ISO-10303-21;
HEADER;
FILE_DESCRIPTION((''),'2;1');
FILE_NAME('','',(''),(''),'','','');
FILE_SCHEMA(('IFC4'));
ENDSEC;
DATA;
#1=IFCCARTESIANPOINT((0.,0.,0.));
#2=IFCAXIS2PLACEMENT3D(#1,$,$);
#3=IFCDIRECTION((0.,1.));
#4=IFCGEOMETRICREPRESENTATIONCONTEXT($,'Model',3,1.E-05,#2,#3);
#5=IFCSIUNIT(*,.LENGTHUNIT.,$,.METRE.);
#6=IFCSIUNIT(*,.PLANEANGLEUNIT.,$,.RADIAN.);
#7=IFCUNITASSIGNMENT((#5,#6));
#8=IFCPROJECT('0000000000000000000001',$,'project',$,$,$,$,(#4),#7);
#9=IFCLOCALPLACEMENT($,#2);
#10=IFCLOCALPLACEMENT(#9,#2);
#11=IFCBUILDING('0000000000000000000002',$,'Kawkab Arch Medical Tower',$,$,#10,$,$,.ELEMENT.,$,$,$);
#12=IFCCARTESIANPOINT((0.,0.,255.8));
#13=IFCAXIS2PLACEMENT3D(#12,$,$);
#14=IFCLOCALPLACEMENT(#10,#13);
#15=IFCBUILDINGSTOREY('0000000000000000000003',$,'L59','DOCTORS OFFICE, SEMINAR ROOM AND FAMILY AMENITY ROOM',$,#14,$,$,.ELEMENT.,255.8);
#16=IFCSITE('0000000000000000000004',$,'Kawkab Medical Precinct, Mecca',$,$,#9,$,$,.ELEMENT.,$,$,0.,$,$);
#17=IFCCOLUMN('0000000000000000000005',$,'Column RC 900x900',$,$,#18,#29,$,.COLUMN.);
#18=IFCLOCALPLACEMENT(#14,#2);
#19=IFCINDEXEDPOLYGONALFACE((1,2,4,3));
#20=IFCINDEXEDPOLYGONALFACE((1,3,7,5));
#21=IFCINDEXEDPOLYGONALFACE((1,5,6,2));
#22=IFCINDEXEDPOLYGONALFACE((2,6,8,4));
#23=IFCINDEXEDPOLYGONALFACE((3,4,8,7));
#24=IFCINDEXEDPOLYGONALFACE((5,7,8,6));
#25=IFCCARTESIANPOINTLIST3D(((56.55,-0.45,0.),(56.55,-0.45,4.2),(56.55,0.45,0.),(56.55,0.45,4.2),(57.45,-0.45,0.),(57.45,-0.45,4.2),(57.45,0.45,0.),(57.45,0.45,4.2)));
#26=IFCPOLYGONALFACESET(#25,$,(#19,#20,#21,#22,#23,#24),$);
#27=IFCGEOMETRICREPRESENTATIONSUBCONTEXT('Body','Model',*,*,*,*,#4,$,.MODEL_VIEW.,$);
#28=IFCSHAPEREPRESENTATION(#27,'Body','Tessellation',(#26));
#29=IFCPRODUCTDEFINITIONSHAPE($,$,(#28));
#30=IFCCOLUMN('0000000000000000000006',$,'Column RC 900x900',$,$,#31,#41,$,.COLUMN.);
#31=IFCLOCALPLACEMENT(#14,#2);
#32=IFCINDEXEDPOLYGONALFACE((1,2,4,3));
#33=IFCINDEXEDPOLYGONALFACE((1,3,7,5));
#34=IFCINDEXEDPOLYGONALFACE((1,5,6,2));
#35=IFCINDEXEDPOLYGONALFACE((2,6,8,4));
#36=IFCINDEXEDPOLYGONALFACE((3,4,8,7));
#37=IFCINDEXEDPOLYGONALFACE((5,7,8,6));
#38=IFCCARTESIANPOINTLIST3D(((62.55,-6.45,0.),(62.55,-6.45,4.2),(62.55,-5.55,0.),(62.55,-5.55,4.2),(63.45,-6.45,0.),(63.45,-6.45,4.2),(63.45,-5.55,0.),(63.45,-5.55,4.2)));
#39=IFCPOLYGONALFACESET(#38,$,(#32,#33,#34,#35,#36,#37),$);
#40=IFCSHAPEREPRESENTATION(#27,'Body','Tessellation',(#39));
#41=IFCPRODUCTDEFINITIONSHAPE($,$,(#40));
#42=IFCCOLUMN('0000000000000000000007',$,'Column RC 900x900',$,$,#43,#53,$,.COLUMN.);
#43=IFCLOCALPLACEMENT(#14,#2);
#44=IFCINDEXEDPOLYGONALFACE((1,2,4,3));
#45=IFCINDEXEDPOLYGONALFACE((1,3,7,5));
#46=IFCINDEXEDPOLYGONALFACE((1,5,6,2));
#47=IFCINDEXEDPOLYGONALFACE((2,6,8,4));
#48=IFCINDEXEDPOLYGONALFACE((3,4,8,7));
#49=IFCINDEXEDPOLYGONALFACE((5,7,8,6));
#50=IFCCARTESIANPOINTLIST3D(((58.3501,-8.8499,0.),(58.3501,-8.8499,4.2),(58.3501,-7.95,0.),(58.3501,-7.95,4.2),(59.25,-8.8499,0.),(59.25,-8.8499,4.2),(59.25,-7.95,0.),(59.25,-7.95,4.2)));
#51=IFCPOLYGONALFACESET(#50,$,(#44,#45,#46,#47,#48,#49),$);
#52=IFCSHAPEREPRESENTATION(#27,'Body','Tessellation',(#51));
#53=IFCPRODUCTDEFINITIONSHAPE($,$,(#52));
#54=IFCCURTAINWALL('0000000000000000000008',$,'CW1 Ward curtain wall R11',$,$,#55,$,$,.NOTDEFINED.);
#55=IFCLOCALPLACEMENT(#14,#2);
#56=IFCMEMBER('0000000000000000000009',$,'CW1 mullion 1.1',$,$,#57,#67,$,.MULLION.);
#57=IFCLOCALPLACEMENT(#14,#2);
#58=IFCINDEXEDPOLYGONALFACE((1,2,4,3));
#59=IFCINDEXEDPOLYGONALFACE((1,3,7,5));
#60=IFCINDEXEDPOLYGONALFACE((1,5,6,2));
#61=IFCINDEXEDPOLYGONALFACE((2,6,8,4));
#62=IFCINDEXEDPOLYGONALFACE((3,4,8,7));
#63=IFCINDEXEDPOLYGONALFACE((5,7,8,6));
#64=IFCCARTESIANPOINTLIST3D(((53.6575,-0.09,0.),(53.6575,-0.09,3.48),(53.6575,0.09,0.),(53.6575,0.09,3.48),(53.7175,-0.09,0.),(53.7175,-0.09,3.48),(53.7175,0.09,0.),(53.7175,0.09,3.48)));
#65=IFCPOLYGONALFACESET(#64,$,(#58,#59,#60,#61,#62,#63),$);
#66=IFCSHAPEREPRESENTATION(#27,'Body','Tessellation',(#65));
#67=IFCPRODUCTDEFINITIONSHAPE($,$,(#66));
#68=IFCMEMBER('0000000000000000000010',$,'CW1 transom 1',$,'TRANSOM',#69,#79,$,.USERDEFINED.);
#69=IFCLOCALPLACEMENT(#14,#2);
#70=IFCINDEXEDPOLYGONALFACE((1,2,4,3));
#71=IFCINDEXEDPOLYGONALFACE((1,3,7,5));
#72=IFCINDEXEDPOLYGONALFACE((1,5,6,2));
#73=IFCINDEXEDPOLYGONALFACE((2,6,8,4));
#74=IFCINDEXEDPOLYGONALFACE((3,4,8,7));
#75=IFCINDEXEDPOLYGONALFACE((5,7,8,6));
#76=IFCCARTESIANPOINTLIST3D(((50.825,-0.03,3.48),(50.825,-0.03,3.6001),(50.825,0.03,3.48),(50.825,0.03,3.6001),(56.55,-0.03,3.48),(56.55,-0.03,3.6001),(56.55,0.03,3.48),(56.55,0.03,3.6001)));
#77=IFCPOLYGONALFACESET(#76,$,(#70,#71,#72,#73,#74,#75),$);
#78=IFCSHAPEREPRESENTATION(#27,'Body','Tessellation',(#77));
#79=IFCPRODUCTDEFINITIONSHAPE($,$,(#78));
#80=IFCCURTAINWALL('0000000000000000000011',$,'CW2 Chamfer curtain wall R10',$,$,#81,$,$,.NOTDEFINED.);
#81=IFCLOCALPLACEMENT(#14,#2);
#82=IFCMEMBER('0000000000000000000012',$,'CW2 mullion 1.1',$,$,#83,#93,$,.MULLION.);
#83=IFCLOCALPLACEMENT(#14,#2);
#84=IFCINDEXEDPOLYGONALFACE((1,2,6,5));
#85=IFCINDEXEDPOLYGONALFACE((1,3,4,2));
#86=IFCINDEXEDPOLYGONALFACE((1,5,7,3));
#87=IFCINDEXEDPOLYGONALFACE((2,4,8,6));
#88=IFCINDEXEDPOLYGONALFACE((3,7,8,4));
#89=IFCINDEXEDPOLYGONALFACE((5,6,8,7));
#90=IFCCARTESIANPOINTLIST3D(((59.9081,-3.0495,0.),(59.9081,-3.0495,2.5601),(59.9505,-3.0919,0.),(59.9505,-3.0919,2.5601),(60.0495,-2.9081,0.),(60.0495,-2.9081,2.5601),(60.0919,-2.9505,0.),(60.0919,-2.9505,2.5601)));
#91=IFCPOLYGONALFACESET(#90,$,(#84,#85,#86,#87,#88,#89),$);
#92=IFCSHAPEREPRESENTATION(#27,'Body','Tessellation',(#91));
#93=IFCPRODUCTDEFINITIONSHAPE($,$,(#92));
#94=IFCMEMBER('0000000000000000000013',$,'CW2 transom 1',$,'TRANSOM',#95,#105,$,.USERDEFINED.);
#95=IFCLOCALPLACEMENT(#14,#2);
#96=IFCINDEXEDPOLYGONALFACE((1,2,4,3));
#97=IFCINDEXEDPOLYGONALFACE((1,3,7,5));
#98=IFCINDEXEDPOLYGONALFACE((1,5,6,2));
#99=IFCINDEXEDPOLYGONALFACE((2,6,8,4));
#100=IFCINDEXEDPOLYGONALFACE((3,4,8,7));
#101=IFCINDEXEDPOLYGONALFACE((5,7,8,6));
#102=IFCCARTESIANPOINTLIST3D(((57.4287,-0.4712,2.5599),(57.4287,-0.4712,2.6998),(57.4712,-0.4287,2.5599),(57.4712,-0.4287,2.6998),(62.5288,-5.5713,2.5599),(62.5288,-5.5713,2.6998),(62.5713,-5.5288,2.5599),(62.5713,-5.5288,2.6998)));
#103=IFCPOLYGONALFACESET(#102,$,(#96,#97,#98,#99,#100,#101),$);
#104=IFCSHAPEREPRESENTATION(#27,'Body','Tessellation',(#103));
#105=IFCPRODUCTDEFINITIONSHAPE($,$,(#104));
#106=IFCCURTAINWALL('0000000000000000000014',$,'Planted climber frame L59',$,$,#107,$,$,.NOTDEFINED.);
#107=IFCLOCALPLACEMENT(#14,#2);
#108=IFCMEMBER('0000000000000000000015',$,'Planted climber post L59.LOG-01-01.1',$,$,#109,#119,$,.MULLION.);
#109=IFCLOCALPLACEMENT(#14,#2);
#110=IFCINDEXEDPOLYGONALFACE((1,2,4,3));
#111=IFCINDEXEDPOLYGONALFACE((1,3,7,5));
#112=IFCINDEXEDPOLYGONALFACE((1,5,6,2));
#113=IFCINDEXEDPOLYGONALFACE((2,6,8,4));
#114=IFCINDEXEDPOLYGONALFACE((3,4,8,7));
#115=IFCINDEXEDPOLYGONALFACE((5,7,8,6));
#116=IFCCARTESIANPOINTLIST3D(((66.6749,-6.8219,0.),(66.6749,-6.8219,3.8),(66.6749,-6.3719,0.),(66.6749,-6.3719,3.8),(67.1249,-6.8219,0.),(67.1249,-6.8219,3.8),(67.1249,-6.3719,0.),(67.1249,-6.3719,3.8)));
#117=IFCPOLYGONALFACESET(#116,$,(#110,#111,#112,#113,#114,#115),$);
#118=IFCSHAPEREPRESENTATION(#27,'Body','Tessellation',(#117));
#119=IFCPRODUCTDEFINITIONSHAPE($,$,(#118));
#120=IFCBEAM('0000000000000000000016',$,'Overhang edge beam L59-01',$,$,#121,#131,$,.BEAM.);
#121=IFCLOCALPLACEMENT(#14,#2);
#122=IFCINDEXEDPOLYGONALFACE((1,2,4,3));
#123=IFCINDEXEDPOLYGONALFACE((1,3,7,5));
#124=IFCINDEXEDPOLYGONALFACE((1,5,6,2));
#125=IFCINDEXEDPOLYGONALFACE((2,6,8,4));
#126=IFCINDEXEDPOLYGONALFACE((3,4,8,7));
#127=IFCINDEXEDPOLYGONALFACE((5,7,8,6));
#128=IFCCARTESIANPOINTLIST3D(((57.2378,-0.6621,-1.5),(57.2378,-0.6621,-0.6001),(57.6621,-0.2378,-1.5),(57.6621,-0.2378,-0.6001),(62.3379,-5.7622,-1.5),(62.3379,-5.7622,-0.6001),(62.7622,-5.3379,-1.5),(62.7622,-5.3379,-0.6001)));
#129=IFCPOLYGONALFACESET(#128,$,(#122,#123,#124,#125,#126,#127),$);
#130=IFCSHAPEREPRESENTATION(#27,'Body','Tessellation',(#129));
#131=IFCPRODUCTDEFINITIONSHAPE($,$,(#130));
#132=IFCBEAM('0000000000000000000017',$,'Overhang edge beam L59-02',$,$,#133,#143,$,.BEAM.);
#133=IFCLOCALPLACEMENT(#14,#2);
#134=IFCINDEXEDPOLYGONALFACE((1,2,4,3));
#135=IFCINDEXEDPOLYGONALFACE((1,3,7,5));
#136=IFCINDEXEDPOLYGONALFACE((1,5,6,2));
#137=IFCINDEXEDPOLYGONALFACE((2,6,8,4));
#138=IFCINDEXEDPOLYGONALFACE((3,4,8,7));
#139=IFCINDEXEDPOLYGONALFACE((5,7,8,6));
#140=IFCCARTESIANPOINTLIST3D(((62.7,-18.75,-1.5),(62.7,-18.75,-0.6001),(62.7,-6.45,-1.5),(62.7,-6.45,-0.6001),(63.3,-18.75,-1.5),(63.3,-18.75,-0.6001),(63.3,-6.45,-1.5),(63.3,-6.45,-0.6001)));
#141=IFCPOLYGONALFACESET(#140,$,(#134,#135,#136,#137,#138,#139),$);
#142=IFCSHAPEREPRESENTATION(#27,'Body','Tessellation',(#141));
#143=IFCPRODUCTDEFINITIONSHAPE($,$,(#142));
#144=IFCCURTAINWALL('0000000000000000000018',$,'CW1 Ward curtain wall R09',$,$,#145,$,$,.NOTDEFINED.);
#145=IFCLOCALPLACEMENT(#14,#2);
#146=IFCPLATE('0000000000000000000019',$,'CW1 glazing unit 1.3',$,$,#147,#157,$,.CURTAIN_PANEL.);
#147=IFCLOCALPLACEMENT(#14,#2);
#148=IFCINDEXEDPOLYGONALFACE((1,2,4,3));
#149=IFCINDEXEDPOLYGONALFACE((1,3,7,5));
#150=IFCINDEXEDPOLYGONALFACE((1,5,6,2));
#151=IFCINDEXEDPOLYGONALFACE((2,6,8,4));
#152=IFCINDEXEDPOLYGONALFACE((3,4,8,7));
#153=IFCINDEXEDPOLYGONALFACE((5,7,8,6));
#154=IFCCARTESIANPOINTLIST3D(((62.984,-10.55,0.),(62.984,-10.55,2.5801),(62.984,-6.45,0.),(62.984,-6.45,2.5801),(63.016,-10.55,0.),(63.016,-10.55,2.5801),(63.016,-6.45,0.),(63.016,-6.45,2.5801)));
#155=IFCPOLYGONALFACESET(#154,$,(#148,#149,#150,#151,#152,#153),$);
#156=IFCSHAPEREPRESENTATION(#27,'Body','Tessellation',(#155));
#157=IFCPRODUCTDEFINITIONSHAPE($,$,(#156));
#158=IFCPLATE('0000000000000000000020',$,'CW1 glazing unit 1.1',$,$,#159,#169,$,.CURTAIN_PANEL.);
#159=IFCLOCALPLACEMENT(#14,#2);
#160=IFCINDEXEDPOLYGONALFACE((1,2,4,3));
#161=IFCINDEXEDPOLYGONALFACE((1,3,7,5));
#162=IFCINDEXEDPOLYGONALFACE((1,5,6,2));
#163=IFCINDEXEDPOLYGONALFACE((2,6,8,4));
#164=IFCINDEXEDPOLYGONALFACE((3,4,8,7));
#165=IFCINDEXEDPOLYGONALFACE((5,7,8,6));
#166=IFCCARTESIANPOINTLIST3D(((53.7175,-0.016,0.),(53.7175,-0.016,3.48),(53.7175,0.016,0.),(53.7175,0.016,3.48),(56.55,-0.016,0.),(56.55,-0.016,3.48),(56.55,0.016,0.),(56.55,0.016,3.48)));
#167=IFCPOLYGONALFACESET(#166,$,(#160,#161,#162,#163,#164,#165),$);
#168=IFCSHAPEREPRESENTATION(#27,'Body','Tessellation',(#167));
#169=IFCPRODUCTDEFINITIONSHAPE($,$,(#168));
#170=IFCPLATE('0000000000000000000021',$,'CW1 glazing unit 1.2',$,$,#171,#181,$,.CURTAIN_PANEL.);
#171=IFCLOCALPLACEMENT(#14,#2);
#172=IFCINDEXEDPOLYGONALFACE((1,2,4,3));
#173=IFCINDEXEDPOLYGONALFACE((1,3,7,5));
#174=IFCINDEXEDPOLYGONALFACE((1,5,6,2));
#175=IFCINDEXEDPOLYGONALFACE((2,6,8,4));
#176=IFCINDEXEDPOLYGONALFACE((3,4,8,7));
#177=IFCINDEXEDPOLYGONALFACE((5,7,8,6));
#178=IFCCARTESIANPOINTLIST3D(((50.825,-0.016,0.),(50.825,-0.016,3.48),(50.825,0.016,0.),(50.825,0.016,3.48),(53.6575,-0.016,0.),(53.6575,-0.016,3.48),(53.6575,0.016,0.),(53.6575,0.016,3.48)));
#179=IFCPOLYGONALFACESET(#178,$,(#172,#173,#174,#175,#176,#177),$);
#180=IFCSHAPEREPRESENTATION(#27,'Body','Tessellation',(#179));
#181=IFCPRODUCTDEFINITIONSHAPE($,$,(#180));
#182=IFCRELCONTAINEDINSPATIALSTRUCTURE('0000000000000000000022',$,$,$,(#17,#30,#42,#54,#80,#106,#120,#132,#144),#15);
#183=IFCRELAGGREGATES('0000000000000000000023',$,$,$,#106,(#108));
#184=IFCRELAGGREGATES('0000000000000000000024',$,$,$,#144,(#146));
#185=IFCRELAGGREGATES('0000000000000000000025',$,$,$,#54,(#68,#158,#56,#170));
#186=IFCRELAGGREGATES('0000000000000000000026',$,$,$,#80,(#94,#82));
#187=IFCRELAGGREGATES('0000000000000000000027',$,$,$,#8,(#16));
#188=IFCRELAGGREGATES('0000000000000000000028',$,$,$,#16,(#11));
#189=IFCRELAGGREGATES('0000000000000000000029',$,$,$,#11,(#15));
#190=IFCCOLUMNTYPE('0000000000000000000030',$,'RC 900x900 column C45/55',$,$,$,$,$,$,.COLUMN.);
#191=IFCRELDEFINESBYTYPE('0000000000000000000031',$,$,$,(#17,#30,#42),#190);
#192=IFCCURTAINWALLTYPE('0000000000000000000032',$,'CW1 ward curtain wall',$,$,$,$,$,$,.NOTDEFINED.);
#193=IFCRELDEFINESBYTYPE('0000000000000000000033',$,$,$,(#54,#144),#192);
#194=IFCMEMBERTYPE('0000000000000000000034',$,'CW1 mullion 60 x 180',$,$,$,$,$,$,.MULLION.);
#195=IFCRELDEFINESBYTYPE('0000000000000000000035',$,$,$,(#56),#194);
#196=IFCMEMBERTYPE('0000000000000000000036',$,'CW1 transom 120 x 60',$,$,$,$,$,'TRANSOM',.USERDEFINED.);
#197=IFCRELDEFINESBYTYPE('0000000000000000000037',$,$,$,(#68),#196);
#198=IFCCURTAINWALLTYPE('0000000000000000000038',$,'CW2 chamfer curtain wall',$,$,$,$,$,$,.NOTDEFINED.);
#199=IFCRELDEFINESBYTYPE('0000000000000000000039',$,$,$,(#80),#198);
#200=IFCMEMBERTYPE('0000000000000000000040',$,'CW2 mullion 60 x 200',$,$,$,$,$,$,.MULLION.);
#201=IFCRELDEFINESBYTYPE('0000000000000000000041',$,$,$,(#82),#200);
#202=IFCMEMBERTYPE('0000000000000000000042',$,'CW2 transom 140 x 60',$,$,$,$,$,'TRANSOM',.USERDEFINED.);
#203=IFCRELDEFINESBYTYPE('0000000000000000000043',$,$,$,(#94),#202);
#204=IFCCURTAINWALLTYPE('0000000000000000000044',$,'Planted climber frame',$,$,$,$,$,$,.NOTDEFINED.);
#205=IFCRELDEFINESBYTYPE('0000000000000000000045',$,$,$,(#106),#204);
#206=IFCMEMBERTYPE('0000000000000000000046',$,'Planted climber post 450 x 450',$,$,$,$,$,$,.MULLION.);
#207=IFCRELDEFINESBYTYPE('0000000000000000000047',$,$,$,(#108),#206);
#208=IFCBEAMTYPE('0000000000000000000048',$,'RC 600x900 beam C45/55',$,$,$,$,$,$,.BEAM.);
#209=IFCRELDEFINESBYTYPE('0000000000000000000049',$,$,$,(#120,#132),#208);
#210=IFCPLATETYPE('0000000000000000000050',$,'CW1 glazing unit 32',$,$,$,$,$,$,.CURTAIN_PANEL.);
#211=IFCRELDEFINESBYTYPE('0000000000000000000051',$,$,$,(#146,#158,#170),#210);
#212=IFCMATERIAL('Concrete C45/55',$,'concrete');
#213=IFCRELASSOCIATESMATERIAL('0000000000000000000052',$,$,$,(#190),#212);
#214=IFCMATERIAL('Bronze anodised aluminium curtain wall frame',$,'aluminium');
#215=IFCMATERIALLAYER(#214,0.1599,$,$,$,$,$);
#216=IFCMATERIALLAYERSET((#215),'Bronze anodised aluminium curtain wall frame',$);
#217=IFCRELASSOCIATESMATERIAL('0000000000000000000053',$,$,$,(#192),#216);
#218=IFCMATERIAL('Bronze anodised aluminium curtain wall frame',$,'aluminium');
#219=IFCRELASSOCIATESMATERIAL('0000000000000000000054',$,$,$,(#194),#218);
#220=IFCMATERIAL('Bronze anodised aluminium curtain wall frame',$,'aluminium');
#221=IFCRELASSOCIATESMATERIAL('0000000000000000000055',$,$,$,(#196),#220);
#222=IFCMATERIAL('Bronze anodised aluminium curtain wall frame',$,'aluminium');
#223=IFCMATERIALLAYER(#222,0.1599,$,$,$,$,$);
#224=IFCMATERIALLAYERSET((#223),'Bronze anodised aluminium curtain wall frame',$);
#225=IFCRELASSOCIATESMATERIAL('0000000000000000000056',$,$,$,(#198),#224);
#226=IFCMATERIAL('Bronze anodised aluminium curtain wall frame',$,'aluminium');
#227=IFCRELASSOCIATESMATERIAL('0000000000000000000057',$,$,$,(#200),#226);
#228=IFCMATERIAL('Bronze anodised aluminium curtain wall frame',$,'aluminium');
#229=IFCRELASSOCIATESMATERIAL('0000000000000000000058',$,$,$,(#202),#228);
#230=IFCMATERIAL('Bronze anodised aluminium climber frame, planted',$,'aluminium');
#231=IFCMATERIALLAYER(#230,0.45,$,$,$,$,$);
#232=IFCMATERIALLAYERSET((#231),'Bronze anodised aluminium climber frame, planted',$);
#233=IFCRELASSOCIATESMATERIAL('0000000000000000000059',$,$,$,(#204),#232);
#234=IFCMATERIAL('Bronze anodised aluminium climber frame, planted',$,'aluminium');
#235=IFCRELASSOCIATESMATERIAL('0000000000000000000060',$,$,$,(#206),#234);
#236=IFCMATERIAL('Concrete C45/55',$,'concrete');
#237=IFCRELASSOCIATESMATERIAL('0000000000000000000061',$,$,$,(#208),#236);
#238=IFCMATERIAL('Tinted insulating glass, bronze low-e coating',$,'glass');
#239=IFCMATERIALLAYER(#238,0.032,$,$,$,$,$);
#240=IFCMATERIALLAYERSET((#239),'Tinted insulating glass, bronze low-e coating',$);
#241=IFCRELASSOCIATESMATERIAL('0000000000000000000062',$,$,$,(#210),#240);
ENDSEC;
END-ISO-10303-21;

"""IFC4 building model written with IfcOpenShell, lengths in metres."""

from ifc_helpers import new_model, si_unit, direction, frame, origin, origin_2d, place, context, subcontext, project, spatial, rectangle, extrude, material, layer, layer_set, material_profile, profile_set, type_object, element, aggregate, save


model = new_model("IFC4")

# Units and contexts
model_context = context("Model", 3, precision=1e-05, world=origin(), true_north=direction((0.0, 1.0)))
body_context = subcontext(model_context, "Body", "Model", "MODEL_VIEW")
ifc_project = project(units=[si_unit("LENGTHUNIT", "METRE"), si_unit("PLANEANGLEUNIT", "RADIAN")], contexts=[model_context])

# Site, building, storey
site_placement = place(None, origin())
site = spatial("IfcSite", under=ifc_project, at=site_placement, Name="Kawkab Medical Precinct, Mecca", CompositionType="ELEMENT", RefElevation=0.0)
building_placement = place(site_placement, origin())
building = spatial("IfcBuilding", under=site, at=building_placement, Name="Kawkab Arch Medical Tower", CompositionType="ELEMENT")
storey_placement = place(building_placement, frame((0.0, 0.0, 255.8)))
storey = spatial("IfcBuildingStorey", under=building, at=storey_placement, Name="L59", Description="DOCTORS OFFICE, SEMINAR ROOM AND FAMILY AMENITY ROOM", CompositionType="ELEMENT", Elevation=255.8)

# Columns
ifc_material_1 = material(Name="Concrete C45/55", Category="concrete")
ifc_material_profile_1 = material_profile(ifc_material_1, rectangle(XDim=0.8999, YDim=0.8999, at=origin_2d()), Name="RC 900x900")
ifc_profile_set_1 = profile_set([ifc_material_profile_1], Name="Concrete C45/55")
column_type = type_object("IfcColumnType", Name="RC 900x900 column C45/55", PredefinedType="COLUMN", material=ifc_profile_set_1)
for number, where, z_axis, x_axis, name in (
    (1, (57.0, 0.0, 0.0), (0.0, 0.0, 1.0), (1.0, 0.0, 0.0), "Column RC 900x900"),
    (2, (63.0, -6.0, 0.0), (0.0, 0.0, 1.0), (1.0, 0.0, 0.0), "Column RC 900x900"),
    (3, (58.8, -8.3999, 0.0), (0.0, 0.0, 1.0), (1.0, 0.0, 0.0), "Column RC 900x900"),
):
    element("IfcColumn", number, at=place(storey_placement, frame(where, z_axis=z_axis, x_axis=x_axis)), inside=storey, type_object=column_type, Name=name, PredefinedType="COLUMN", context=body_context, shape_type="SweptSolid", body=[
        extrude(rectangle(XDim=0.8999, YDim=0.8999, at=origin_2d()), origin(), (0.0, 0.0, 1.0), 4.2),
    ])

# Curtain walls, members
ifc_material_2 = material(Name="Bronze anodised aluminium curtain wall frame", Category="aluminium")
ifc_layer_1 = layer(ifc_material_2, 0.1599)
ifc_layer_set_1 = layer_set([ifc_layer_1], Name="Bronze anodised aluminium curtain wall frame")
curtain_wall_type_1 = type_object("IfcCurtainWallType", Name="CW1 ward curtain wall", PredefinedType="NOTDEFINED", material=ifc_layer_set_1)
placement = place(storey_placement, origin())
curtain_wall_1 = element("IfcCurtainWall", 4, at=placement, inside=storey, type_object=curtain_wall_type_1, Name="CW1 Ward curtain wall R11", PredefinedType="NOTDEFINED")
ifc_material_3 = material(Name="Bronze anodised aluminium curtain wall frame", Category="aluminium")
ifc_material_profile_2 = material_profile(ifc_material_3, rectangle(XDim=0.1799, YDim=0.0601, at=origin_2d()), Name="AL 60x180")
ifc_profile_set_2 = profile_set([ifc_material_profile_2], Name="Bronze anodised aluminium curtain wall frame")
member_type_1 = type_object("IfcMemberType", Name="CW1 mullion 60 x 180", PredefinedType="MULLION", material=ifc_profile_set_2)
member_1_placement = place(storey_placement, frame((53.6875, 0.0, 0.0), z_axis=(0.0, 0.0, 1.0), x_axis=(0.0, -1.0, 0.0)))
member_1 = element("IfcMember", 5, at=member_1_placement, type_object=member_type_1, Name="CW1 mullion 1.1", PredefinedType="MULLION", context=body_context, shape_type="SweptSolid", body=[
    extrude(rectangle(XDim=0.1799, YDim=0.0601, at=origin_2d()), origin(), (0.0, 0.0, 1.0), 3.48),
])
ifc_material_4 = material(Name="Bronze anodised aluminium curtain wall frame", Category="aluminium")
ifc_material_profile_3 = material_profile(ifc_material_4, rectangle(XDim=0.0601, YDim=0.1201, at=origin_2d()), Name="AL 60x120")
ifc_profile_set_3 = profile_set([ifc_material_profile_3], Name="Bronze anodised aluminium curtain wall frame")
member_type_2 = type_object("IfcMemberType", Name="CW1 transom 120 x 60", ElementType="TRANSOM", PredefinedType="USERDEFINED", material=ifc_profile_set_3)
member_2_placement = place(storey_placement, frame((56.55, 0.0, 3.54), z_axis=(-1.0, 0.0, 0.0), x_axis=(0.0, -1.0, 0.0)))
member_2 = element("IfcMember", 6, at=member_2_placement, type_object=member_type_2, Name="CW1 transom 1", ObjectType="TRANSOM", PredefinedType="USERDEFINED", context=body_context, shape_type="SweptSolid", body=[
    extrude(rectangle(XDim=0.0601, YDim=0.1201, at=origin_2d()), origin(), (0.0, 0.0, 1.0), 5.7251),
])
ifc_material_5 = material(Name="Bronze anodised aluminium curtain wall frame", Category="aluminium")
ifc_layer_2 = layer(ifc_material_5, 0.1599)
ifc_layer_set_2 = layer_set([ifc_layer_2], Name="Bronze anodised aluminium curtain wall frame")
curtain_wall_type_2 = type_object("IfcCurtainWallType", Name="CW2 chamfer curtain wall", PredefinedType="NOTDEFINED", material=ifc_layer_set_2)
curtain_wall_2 = element("IfcCurtainWall", 7, at=placement, inside=storey, type_object=curtain_wall_type_2, Name="CW2 Chamfer curtain wall R10", PredefinedType="NOTDEFINED")
ifc_material_6 = material(Name="Bronze anodised aluminium curtain wall frame", Category="aluminium")
ifc_material_profile_4 = material_profile(ifc_material_6, rectangle(XDim=0.2, YDim=0.0601, at=origin_2d()), Name="AL 60x200")
ifc_profile_set_4 = profile_set([ifc_material_profile_4], Name="Bronze anodised aluminium curtain wall frame")
member_type_3 = type_object("IfcMemberType", Name="CW2 mullion 60 x 200", PredefinedType="MULLION", material=ifc_profile_set_4)
member_3_placement = place(storey_placement, frame((60.0, -3.0, 0.0), z_axis=(0.0, 0.0, 1.0), x_axis=(-0.707107, -0.707107, 0.0)))
member_3 = element("IfcMember", 8, at=member_3_placement, type_object=member_type_3, Name="CW2 mullion 1.1", PredefinedType="MULLION", context=body_context, shape_type="SweptSolid", body=[
    extrude(rectangle(XDim=0.2, YDim=0.0601, at=origin_2d()), origin(), (0.0, 0.0, 1.0), 2.5601),
])
ifc_material_7 = material(Name="Bronze anodised aluminium curtain wall frame", Category="aluminium")
ifc_material_profile_5 = material_profile(ifc_material_7, rectangle(XDim=0.0601, YDim=0.1399, at=origin_2d()), Name="AL 60x140")
ifc_profile_set_5 = profile_set([ifc_material_profile_5], Name="Bronze anodised aluminium curtain wall frame")
member_type_4 = type_object("IfcMemberType", Name="CW2 transom 140 x 60", ElementType="TRANSOM", PredefinedType="USERDEFINED", material=ifc_profile_set_5)
member_4_placement = place(storey_placement, frame((62.55, -5.55, 2.6299), z_axis=(-0.707107, 0.707107, 0.0), x_axis=(-0.707107, -0.707107, 0.0)))
member_4 = element("IfcMember", 9, at=member_4_placement, type_object=member_type_4, Name="CW2 transom 1", ObjectType="TRANSOM", PredefinedType="USERDEFINED", context=body_context, shape_type="SweptSolid", body=[
    extrude(rectangle(XDim=0.0601, YDim=0.1399, at=origin_2d()), origin(), (0.0, 0.0, 1.0), 7.2126),
])

# Curtain wall, member
ifc_material_8 = material(Name="Bronze anodised aluminium climber frame, planted", Category="aluminium")
ifc_layer_3 = layer(ifc_material_8, 0.45)
ifc_layer_set_3 = layer_set([ifc_layer_3], Name="Bronze anodised aluminium climber frame, planted")
curtain_wall_type_3 = type_object("IfcCurtainWallType", Name="Planted climber frame", PredefinedType="NOTDEFINED", material=ifc_layer_set_3)
curtain_wall_3 = element("IfcCurtainWall", 10, at=placement, inside=storey, type_object=curtain_wall_type_3, Name="Planted climber frame L59", PredefinedType="NOTDEFINED")
ifc_material_9 = material(Name="Bronze anodised aluminium climber frame, planted", Category="aluminium")
ifc_material_profile_6 = material_profile(ifc_material_9, rectangle(XDim=0.45, YDim=0.45, at=origin_2d()), Name="Post 450x450")
ifc_profile_set_6 = profile_set([ifc_material_profile_6], Name="Bronze anodised aluminium climber frame, planted")
member_type_5 = type_object("IfcMemberType", Name="Planted climber post 450 x 450", PredefinedType="MULLION", material=ifc_profile_set_6)
member_5_placement = place(storey_placement, frame((66.8999, -6.5969, 0.0), z_axis=(0.0, 0.0, 1.0), x_axis=(1.0, 0.0, 0.0)))
member_5 = element("IfcMember", 11, at=member_5_placement, type_object=member_type_5, Name="Planted climber post L59.LOG-01-01.1", PredefinedType="MULLION", context=body_context, shape_type="SweptSolid", body=[
    extrude(rectangle(XDim=0.45, YDim=0.45, at=origin_2d()), origin(), (0.0, 0.0, 1.0), 3.8),
])
aggregate(curtain_wall_3, [member_5])

# Beams
ifc_material_10 = material(Name="Concrete C45/55", Category="concrete")
ifc_material_profile_7 = material_profile(ifc_material_10, rectangle(XDim=0.6001, YDim=0.8999, at=origin_2d()), Name="RC 600x900")
ifc_profile_set_7 = profile_set([ifc_material_profile_7], Name="Concrete C45/55")
beam_type = type_object("IfcBeamType", Name="RC 600x900 beam C45/55", PredefinedType="BEAM", material=ifc_profile_set_7)
beam_1_placement = place(storey_placement, frame((57.45, -0.45, -1.05), z_axis=(0.707107, -0.707107, 0.0), x_axis=(0.707107, 0.707107, 0.0)))
element("IfcBeam", 12, at=beam_1_placement, inside=storey, type_object=beam_type, Name="Overhang edge beam L59-01", PredefinedType="BEAM", context=body_context, shape_type="SweptSolid", body=[
    extrude(rectangle(XDim=0.6001, YDim=0.8999, at=origin_2d()), origin(), (0.0, 0.0, 1.0), 7.2126),
])
beam_2_placement = place(storey_placement, frame((63.0, -6.45, -1.05), z_axis=(0.0, -1.0, 0.0), x_axis=(1.0, 0.0, 0.0)))
element("IfcBeam", 13, at=beam_2_placement, inside=storey, type_object=beam_type, Name="Overhang edge beam L59-02", PredefinedType="BEAM", context=body_context, shape_type="SweptSolid", body=[
    extrude(rectangle(XDim=0.6001, YDim=0.8999, at=origin_2d()), origin(), (0.0, 0.0, 1.0), 12.3),
])

# Curtain wall, plate
curtain_wall_4 = element("IfcCurtainWall", 14, at=placement, inside=storey, type_object=curtain_wall_type_1, Name="CW1 Ward curtain wall R09", PredefinedType="NOTDEFINED")
ifc_material_11 = material(Name="Tinted insulating glass, bronze low-e coating", Category="glass")
ifc_layer_4 = layer(ifc_material_11, 0.032)
ifc_layer_set_4 = layer_set([ifc_layer_4], Name="Tinted insulating glass, bronze low-e coating")
plate_type_1 = type_object("IfcPlateType", Name="CW1 glazing unit 32", PredefinedType="CURTAIN_PANEL", material=ifc_layer_set_4)
plate_1_placement = place(storey_placement, frame((63.0, -8.5, 0.0), z_axis=(0.0, 0.0, 1.0), x_axis=(0.0, 1.0, 0.0)))
plate_1 = element("IfcPlate", 15, at=plate_1_placement, type_object=plate_type_1, Name="CW1 glazing unit 1.3", PredefinedType="CURTAIN_PANEL", context=body_context, shape_type="SweptSolid", body=[
    extrude(rectangle(XDim=4.1001, YDim=0.032, at=origin_2d()), origin(), (0.0, 0.0, 1.0), 2.5801),
])
aggregate(curtain_wall_4, [plate_1])

# Plates
plate_2_placement = place(storey_placement, frame((55.1338, 0.0, 0.0), z_axis=(0.0, 0.0, 1.0), x_axis=(-1.0, 0.0, 0.0)))
plate_2 = element("IfcPlate", 16, at=plate_2_placement, type_object=plate_type_1, Name="CW1 glazing unit 1.1", PredefinedType="CURTAIN_PANEL", context=body_context, shape_type="SweptSolid", body=[
    extrude(rectangle(XDim=2.8325, YDim=0.032, at=origin_2d()), origin(), (0.0, 0.0, 1.0), 3.48),
])
plate_3_placement = place(storey_placement, frame((52.2412, 0.0, 0.0), z_axis=(0.0, 0.0, 1.0), x_axis=(-1.0, 0.0, 0.0)))
plate_3 = element("IfcPlate", 17, at=plate_3_placement, type_object=plate_type_1, Name="CW1 glazing unit 1.2", PredefinedType="CURTAIN_PANEL", context=body_context, shape_type="SweptSolid", body=[
    extrude(rectangle(XDim=2.8325, YDim=0.032, at=origin_2d()), origin(), (0.0, 0.0, 1.0), 3.48),
])
aggregate(curtain_wall_1, [member_2, plate_2, member_1, plate_3])
aggregate(curtain_wall_2, [member_4, member_3])

save(model, "model.ifc")
